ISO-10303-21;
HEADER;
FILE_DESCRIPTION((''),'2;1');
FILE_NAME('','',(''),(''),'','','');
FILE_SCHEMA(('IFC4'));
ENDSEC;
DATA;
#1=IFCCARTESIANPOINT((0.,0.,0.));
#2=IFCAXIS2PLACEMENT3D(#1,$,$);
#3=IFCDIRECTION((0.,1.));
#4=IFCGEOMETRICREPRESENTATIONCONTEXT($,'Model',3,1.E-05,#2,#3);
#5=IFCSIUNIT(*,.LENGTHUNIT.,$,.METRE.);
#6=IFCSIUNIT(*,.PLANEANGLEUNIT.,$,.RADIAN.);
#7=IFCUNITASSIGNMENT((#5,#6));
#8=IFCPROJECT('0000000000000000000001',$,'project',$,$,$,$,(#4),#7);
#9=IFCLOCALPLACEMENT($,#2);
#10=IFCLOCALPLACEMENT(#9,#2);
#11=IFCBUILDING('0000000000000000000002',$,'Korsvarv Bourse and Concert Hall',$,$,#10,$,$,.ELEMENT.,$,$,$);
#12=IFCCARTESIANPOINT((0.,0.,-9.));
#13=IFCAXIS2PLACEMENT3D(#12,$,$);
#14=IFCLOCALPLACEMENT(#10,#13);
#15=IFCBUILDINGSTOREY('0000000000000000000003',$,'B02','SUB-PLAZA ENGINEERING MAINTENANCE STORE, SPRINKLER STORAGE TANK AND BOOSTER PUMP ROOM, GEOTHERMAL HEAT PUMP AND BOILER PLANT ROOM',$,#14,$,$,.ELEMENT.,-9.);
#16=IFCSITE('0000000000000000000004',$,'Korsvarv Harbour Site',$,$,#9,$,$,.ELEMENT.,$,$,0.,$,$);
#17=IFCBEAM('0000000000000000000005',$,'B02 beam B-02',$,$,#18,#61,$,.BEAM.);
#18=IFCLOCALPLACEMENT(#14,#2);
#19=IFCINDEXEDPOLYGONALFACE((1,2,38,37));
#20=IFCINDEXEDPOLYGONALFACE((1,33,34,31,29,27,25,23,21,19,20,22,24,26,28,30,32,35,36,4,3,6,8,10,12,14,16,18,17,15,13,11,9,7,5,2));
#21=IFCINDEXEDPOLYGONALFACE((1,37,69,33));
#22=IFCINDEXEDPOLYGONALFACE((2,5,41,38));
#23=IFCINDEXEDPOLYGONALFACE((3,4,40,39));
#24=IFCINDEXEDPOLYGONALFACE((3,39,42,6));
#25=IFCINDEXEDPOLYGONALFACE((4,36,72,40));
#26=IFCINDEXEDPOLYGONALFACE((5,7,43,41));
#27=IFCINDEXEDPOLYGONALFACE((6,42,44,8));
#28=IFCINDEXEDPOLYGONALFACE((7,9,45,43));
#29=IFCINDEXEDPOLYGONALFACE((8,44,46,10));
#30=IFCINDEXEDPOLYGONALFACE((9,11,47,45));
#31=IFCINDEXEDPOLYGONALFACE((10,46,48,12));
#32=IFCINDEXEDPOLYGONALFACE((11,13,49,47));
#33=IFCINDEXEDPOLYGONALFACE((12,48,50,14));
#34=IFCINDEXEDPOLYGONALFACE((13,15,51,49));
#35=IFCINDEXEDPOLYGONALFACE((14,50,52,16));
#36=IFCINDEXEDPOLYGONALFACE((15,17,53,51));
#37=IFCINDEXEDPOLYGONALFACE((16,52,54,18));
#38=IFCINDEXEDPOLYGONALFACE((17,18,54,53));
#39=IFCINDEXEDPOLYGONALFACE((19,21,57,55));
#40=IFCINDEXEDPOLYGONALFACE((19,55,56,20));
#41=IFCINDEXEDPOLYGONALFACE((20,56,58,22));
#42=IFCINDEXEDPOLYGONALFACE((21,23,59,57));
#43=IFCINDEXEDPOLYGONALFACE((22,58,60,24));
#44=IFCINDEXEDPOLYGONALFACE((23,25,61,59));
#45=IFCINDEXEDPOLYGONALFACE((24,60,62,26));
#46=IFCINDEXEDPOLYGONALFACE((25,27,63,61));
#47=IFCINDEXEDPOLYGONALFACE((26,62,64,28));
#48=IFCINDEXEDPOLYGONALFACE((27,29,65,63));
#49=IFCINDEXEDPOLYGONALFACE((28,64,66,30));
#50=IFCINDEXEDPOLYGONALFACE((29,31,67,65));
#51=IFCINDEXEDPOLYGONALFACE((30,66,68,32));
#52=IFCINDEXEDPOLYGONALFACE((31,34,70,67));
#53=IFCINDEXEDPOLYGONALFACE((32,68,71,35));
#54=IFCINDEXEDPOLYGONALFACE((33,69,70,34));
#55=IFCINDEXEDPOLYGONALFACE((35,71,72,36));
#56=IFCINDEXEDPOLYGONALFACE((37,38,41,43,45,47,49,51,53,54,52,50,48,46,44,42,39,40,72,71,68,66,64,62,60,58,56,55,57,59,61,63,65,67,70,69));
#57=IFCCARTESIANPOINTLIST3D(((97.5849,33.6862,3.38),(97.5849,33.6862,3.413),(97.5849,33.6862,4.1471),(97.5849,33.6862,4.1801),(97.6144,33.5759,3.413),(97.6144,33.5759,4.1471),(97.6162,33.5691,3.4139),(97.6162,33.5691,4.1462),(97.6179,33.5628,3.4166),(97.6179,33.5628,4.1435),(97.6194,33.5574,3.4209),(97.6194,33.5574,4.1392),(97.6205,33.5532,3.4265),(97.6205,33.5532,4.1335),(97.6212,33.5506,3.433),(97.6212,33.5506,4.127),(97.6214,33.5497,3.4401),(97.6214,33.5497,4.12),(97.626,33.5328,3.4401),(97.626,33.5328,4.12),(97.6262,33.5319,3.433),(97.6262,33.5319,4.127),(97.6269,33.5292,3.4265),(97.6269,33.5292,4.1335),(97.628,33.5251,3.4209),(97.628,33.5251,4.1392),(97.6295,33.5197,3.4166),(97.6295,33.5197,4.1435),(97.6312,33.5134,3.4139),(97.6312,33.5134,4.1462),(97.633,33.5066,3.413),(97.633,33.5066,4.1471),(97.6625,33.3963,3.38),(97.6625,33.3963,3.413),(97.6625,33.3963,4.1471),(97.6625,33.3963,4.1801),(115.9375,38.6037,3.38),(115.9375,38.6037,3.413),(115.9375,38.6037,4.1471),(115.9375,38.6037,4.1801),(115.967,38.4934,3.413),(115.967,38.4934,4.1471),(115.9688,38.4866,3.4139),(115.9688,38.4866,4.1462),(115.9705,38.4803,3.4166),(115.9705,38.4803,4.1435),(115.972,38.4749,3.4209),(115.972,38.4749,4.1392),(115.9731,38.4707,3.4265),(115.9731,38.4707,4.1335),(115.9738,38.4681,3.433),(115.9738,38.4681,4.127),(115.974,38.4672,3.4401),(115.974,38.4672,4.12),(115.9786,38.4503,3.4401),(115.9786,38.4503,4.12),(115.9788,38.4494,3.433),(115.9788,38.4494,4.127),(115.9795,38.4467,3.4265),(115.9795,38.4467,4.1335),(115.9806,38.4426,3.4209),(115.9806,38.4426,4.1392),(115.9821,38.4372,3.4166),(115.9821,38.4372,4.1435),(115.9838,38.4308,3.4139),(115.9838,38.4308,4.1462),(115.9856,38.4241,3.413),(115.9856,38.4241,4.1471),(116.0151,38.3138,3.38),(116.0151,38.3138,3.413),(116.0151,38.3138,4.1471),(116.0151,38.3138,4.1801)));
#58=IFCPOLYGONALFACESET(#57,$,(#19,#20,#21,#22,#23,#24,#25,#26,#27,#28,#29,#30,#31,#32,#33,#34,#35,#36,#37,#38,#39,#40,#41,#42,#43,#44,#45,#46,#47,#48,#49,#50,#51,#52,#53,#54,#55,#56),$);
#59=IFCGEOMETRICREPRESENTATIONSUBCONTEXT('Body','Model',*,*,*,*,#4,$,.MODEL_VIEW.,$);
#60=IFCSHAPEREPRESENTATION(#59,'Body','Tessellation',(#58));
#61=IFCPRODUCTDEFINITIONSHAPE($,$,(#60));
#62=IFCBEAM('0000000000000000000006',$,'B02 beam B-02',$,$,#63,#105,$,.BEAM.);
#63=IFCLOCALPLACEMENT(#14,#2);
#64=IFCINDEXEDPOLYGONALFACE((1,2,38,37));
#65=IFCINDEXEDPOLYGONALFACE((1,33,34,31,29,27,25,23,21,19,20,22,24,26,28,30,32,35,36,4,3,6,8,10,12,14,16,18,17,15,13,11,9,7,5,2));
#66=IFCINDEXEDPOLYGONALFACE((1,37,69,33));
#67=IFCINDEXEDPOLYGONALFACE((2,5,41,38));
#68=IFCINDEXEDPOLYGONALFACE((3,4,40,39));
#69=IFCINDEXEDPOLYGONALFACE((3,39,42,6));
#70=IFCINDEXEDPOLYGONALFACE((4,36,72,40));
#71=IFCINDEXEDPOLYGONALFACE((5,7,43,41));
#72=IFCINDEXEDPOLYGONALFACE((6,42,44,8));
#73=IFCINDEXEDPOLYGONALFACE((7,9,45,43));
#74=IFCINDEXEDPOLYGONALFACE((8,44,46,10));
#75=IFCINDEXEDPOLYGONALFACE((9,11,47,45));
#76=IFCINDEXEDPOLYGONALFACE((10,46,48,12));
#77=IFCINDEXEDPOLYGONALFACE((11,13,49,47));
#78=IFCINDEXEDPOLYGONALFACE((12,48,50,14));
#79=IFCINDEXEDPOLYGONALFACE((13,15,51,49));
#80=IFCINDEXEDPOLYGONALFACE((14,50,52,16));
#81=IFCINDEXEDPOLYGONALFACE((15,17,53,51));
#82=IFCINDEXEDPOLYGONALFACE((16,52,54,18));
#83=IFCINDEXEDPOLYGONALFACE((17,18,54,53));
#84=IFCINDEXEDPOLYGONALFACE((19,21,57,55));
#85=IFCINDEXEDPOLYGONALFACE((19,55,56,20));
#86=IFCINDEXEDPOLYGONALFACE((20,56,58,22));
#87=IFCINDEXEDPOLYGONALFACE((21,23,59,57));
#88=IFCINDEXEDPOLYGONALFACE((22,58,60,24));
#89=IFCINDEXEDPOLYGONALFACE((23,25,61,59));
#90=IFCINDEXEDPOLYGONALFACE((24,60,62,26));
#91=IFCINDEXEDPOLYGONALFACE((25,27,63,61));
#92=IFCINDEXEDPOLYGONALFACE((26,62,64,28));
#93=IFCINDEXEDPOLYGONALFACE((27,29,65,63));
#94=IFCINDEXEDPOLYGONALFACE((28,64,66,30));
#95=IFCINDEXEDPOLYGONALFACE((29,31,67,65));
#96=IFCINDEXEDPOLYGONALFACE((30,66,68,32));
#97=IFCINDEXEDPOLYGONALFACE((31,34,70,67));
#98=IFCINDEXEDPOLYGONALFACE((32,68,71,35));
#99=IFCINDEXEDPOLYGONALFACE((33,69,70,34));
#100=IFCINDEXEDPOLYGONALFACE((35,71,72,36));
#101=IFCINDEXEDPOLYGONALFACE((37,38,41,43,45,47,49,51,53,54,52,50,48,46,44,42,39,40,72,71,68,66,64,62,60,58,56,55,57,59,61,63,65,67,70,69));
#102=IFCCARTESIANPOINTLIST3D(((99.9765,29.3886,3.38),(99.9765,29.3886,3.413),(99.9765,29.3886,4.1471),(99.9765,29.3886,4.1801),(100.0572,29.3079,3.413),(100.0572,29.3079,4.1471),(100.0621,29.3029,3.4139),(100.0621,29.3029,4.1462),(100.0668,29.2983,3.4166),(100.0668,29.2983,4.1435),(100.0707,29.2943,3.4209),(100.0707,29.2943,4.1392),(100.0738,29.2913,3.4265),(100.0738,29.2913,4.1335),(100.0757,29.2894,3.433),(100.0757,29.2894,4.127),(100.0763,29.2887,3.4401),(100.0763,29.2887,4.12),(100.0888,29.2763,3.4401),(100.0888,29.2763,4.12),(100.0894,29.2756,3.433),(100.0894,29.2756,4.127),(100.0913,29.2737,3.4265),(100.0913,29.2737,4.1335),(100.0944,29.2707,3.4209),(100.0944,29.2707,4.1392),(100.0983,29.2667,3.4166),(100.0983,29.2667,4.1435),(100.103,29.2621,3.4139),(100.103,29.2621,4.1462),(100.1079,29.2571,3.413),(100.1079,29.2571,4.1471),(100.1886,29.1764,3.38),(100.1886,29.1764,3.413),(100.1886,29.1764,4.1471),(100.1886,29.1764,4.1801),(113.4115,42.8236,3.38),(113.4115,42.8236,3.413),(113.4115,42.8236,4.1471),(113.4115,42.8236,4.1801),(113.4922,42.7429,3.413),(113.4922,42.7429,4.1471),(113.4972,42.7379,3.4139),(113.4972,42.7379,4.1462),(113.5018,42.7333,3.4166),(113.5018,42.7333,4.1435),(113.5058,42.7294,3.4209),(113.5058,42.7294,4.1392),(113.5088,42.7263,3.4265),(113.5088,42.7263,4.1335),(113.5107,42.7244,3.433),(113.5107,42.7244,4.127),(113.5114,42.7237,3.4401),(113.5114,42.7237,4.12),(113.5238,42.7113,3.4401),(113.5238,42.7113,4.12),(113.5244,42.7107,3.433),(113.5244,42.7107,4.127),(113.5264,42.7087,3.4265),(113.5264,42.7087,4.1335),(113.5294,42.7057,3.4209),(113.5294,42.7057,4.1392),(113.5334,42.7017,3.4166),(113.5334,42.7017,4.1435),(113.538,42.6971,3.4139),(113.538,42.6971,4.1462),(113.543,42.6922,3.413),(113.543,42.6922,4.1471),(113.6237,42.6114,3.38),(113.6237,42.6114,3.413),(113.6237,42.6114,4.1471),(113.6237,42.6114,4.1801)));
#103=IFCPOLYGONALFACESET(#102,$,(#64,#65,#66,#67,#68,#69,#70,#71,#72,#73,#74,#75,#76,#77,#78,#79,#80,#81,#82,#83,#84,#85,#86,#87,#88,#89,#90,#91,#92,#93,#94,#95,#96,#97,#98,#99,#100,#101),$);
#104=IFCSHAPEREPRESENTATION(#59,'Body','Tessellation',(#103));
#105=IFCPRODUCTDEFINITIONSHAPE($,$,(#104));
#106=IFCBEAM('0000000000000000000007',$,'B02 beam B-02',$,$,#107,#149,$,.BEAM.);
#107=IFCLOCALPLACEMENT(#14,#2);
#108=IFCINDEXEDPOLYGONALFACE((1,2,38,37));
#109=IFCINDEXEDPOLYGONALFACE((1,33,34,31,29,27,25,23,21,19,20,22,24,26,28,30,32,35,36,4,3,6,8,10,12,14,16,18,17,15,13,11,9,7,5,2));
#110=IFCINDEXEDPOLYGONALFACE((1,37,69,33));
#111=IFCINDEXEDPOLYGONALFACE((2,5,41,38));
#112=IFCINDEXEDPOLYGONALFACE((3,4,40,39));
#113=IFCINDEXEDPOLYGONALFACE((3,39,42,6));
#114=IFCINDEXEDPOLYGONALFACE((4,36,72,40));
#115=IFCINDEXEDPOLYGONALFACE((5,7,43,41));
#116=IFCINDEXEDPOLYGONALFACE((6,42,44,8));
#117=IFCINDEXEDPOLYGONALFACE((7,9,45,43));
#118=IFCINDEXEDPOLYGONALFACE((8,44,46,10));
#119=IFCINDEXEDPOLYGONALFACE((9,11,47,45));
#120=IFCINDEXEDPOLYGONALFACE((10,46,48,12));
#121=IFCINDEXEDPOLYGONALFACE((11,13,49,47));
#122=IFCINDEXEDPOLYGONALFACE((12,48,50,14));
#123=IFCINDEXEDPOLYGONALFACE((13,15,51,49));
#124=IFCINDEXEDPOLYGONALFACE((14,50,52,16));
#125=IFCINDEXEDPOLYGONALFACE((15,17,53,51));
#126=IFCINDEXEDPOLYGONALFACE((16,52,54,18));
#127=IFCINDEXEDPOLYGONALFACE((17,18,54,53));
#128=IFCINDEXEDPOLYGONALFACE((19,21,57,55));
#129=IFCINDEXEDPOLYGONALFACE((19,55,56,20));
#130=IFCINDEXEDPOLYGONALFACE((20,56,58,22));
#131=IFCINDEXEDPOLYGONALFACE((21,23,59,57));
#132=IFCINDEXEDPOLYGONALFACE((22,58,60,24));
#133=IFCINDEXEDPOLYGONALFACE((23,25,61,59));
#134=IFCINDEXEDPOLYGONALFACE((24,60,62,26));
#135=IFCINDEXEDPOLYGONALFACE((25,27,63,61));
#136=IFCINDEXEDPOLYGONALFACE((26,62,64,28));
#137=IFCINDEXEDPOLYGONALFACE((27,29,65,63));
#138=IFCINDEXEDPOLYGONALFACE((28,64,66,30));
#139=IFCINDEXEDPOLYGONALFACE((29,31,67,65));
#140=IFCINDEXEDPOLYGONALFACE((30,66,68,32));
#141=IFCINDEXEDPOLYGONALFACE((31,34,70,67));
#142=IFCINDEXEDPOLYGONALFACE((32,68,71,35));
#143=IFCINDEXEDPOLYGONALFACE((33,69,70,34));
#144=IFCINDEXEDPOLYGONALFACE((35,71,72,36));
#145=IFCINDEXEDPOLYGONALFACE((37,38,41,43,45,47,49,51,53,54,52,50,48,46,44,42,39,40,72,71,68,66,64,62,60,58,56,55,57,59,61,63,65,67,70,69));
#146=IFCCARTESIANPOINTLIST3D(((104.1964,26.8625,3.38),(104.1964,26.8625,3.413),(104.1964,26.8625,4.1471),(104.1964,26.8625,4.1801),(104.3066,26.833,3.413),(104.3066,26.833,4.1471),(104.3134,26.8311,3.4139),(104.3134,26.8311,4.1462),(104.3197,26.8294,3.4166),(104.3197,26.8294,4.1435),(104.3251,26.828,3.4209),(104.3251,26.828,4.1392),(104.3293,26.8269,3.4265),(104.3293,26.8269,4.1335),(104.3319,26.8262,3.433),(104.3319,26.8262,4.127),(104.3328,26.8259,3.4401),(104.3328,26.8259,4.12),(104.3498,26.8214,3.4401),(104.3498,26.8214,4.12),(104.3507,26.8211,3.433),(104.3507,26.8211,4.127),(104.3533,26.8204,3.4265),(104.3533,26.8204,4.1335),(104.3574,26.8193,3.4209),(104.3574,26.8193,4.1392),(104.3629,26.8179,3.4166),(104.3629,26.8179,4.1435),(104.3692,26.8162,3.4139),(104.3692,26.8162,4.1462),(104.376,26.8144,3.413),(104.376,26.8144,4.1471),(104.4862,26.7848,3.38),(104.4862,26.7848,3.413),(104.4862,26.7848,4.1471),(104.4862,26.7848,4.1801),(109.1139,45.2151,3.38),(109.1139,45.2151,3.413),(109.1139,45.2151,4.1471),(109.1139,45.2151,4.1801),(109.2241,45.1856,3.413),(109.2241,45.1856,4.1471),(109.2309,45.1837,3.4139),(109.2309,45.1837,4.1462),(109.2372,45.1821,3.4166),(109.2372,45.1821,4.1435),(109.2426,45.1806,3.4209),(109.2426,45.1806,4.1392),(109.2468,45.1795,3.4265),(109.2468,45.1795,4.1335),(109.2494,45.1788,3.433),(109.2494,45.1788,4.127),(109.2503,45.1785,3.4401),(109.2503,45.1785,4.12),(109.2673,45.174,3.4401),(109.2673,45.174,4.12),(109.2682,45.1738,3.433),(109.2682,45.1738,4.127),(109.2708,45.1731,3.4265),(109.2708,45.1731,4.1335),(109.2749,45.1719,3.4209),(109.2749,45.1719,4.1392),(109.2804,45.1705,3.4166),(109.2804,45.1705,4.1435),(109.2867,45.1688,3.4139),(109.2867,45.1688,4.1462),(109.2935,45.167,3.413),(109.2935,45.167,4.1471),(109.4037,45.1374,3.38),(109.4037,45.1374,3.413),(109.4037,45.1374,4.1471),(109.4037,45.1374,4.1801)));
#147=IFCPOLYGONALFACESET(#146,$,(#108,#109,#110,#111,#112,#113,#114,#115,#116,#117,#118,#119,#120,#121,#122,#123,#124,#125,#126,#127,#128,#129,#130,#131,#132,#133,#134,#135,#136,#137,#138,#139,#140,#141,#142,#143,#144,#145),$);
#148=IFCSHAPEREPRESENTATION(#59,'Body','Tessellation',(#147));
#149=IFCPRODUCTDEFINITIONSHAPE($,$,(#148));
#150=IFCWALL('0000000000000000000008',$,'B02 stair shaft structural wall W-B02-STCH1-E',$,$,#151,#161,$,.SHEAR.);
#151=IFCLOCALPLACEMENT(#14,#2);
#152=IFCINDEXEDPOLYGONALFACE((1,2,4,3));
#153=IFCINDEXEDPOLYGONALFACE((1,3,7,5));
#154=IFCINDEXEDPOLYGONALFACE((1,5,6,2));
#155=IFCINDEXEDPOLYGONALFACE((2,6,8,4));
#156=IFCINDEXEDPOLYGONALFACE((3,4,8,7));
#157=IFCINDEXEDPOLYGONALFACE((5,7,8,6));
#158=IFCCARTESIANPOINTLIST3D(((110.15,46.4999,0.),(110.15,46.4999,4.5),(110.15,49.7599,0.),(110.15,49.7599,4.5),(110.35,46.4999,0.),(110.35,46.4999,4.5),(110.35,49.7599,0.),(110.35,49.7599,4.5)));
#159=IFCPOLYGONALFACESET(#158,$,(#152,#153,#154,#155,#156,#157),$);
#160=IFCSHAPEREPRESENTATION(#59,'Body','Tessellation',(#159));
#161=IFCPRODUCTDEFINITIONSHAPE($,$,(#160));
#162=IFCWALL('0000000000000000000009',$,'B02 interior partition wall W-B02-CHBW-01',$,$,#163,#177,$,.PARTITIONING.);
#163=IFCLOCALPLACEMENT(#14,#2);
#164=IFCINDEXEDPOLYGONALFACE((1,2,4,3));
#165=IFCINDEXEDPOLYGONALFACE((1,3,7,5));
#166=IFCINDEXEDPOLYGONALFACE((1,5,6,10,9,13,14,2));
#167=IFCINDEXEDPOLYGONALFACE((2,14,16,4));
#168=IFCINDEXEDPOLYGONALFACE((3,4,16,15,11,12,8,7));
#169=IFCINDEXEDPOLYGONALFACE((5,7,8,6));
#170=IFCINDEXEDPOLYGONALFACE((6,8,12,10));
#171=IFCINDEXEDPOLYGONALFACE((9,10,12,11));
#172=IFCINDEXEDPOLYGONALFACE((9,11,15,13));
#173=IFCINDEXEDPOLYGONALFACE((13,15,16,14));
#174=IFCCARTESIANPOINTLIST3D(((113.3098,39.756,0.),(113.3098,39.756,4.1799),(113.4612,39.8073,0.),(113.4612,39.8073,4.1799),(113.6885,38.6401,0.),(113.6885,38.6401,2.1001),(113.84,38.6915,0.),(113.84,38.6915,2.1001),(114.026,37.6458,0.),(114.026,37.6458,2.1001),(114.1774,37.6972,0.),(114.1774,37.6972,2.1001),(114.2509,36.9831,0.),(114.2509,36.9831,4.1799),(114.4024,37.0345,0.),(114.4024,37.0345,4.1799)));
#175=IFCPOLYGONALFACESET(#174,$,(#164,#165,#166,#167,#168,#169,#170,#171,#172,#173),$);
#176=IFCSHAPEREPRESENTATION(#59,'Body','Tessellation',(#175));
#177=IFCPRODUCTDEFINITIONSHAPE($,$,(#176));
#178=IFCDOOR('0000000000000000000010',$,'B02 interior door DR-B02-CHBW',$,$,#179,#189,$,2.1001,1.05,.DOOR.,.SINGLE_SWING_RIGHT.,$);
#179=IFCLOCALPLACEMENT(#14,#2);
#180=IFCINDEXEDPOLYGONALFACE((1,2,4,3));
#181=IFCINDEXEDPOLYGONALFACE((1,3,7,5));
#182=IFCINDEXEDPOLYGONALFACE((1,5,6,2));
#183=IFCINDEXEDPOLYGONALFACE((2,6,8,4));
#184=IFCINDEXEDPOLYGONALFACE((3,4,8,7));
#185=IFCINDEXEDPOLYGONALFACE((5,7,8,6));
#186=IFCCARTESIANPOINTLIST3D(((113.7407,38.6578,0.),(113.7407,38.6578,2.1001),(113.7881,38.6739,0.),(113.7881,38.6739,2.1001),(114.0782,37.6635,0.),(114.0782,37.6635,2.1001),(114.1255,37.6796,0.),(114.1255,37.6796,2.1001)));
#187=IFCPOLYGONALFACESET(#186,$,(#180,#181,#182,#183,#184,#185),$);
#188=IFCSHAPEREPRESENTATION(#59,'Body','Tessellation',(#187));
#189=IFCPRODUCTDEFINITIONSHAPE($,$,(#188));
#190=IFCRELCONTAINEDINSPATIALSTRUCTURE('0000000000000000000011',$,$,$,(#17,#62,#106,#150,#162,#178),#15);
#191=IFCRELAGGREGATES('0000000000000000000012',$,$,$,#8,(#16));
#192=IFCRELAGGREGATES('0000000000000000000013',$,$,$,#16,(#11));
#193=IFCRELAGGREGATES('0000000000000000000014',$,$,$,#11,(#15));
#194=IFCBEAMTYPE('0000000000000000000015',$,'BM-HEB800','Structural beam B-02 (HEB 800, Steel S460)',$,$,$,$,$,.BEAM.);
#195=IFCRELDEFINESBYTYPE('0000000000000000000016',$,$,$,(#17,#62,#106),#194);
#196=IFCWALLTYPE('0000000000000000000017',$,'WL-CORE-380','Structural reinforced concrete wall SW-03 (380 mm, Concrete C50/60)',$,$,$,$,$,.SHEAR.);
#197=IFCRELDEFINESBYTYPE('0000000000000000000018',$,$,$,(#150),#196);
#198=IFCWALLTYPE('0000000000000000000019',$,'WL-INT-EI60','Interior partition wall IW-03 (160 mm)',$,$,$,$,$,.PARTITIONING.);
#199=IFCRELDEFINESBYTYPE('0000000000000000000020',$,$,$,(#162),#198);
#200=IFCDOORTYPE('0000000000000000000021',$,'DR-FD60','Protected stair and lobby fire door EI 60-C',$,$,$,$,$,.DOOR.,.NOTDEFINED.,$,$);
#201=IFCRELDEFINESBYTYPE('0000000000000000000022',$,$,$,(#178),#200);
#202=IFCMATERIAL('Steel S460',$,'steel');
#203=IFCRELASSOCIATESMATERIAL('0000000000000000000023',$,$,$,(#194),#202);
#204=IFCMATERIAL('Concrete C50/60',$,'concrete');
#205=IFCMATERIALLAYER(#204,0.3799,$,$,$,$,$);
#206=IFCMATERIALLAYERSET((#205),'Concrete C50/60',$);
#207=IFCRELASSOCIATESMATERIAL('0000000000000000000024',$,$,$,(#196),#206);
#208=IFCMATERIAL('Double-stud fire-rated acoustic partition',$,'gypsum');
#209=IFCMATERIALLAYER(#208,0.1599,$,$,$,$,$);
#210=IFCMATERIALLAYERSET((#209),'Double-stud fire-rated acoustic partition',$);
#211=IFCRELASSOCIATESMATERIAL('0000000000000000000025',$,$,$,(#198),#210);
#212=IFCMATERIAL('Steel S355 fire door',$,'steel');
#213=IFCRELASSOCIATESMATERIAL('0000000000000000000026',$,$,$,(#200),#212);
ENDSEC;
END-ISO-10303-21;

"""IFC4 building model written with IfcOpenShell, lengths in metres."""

from ifc_helpers import new_model, si_unit, direction, frame, frame_2d, origin, origin_2d, place, context, subcontext, project, spatial, rectangle, i_section, extrude, source, transform, mapped, material, layer, layer_set, material_profile, profile_set, type_object, element, fill, save


model = new_model("IFC4")

# Units and contexts
model_context = context("Model", 3, precision=1e-05, world=origin(), true_north=direction((0.0, 1.0)))
body_context = subcontext(model_context, "Body", "Model", "MODEL_VIEW")
ifc_project = project(units=[si_unit("LENGTHUNIT", "METRE"), si_unit("PLANEANGLEUNIT", "RADIAN")], contexts=[model_context])

# Site, building, storey
site_placement = place(None, origin())
site = spatial("IfcSite", under=ifc_project, at=site_placement, Name="Korsvarv Harbour Site", CompositionType="ELEMENT", RefElevation=0.0)
building_placement = place(site_placement, origin())
building = spatial("IfcBuilding", under=site, at=building_placement, Name="Korsvarv Bourse and Concert Hall", CompositionType="ELEMENT")
storey_placement = place(building_placement, frame((0.0, 0.0, -9.0)))
storey = spatial("IfcBuildingStorey", under=building, at=storey_placement, Name="B02", Description="SUB-PLAZA ENGINEERING MAINTENANCE STORE, SPRINKLER STORAGE TANK AND BOOSTER PUMP ROOM, GEOTHERMAL HEAT PUMP AND BOILER PLANT ROOM", CompositionType="ELEMENT", Elevation=-9.0)

# Shared definitions
ifc_material_1 = material(Name="Concrete C50/60", Category="concrete")

# Beams
ifc_material_2 = material(Name="Steel S460", Category="steel")
ifc_material_profile_1 = material_profile(ifc_material_2, i_section(OverallWidth=0.3, OverallDepth=0.8, WebThickness=0.0176, FlangeThickness=0.033, FilletRadius=0.0271, at=origin_2d()), Name="HEB 800")
ifc_profile_set_1 = profile_set([ifc_material_profile_1], Name="Steel S460")
beam_type_1 = type_object("IfcBeamType", Name="BM-HEB800", Description="Structural beam B-02 (HEB 800, Steel S460)", PredefinedType="BEAM", material=ifc_profile_set_1)
shared_shape_1 = source(origin(), body_context, "Body", "SweptSolid", [
    extrude(i_section(OverallWidth=0.3, OverallDepth=0.8, WebThickness=0.0176, FlangeThickness=0.033, FilletRadius=0.0271, at=origin_2d()), origin(), (0.0, 0.0, 1.0), 19.0),
])
for number, where, z_axis, x_axis, name in (
    (1, (115.9763, 38.4587, 3.78), (-0.965927, -0.258816, 0.0), (0.258816, -0.965927, 0.0), "B02 beam B-02"),
    (2, (113.5176, 42.7175, 3.78), (-0.707107, -0.707107, 0.0), (0.707107, -0.707107, 0.0), "B02 beam B-02"),
    (3, (109.2588, 45.1763, 3.78), (-0.258816, -0.965927, 0.0), (0.965927, -0.258816, 0.0), "B02 beam B-02"),
):
    element("IfcBeam", number, at=place(storey_placement, frame(where, z_axis=z_axis, x_axis=x_axis)), inside=storey, type_object=beam_type_1, Name=name, PredefinedType="BEAM", context=body_context, shape_type="MappedRepresentation", body=[
        mapped(shared_shape_1, transform((0.0, 0.0, 0.0), scale=1.0)),
    ])

# Wall
ifc_layer_1 = layer(ifc_material_1, 0.3799)
ifc_layer_set_1 = layer_set([ifc_layer_1], Name="Concrete C50/60")
wall_type_1 = type_object("IfcWallType", Name="WL-CORE-380", Description="Structural reinforced concrete wall SW-03 (380 mm, Concrete C50/60)", PredefinedType="SHEAR", material=ifc_layer_set_1)
wall_1_placement = place(storey_placement, frame((110.25, 46.5, 0.0), z_axis=(0.0, 0.0, 1.0), x_axis=(0.0, 1.0, 0.0)))
element("IfcWall", 4, at=wall_1_placement, inside=storey, type_object=wall_type_1, Name="B02 stair shaft structural wall W-B02-STCH1-E", PredefinedType="SHEAR", context=body_context, shape_type="SweptSolid", body=[
    extrude(rectangle(XDim=3.26, YDim=0.2, at=frame_2d((1.6299, 0.0))), origin(), (0.0, 0.0, 1.0), 4.5),
])

# Wall, opening, door
ifc_material_3 = material(Name="Double-stud fire-rated acoustic partition", Category="gypsum")
ifc_layer_2 = layer(ifc_material_3, 0.1599)
ifc_layer_set_2 = layer_set([ifc_layer_2], Name="Double-stud fire-rated acoustic partition")
wall_type_2 = type_object("IfcWallType", Name="WL-INT-EI60", Description="Interior partition wall IW-03 (160 mm)", PredefinedType="PARTITIONING", material=ifc_layer_set_2)
wall_2_placement = place(storey_placement, frame((114.3267, 37.0088, 0.0), z_axis=(0.0, 0.0, 1.0), x_axis=(-0.3214, 0.946943, 0.0)))
wall_2 = element("IfcWall", 5, at=wall_2_placement, inside=storey, type_object=wall_type_2, Name="B02 interior partition wall W-B02-CHBW-01", PredefinedType="PARTITIONING", context=body_context, shape_type="SweptSolid", body=[
    extrude(rectangle(XDim=2.9282, YDim=0.1599, at=frame_2d((1.4641, 0.0))), origin(), (0.0, 0.0, 1.0), 4.1799),
])
opening_placement = place(wall_2_placement, frame((0.7, 0.0, 0.0)))
opening = element("IfcOpeningElement", 6, at=opening_placement, cuts=wall_2, PredefinedType="OPENING", context=body_context, shape_type="SweptSolid", body=[
    extrude(rectangle(XDim=1.05, YDim=2.1001, at=frame_2d((0.5249, 1.05))), frame((0.0, 0.0898, 0.0), z_axis=(0.0, -1.0, 0.0), x_axis=(1.0, 0.0, 0.0)), (0.0, 0.0, 1.0), 0.1799),
])
ifc_material_4 = material(Name="Steel S355 fire door", Category="steel")
door_type = type_object("IfcDoorType", Name="DR-FD60", Description="Protected stair and lobby fire door EI 60-C", OperationType="NOTDEFINED", PredefinedType="DOOR", material=ifc_material_4)
door_placement = place(opening_placement, origin())
door = element("IfcDoor", 7, at=door_placement, inside=storey, type_object=door_type, Name="B02 interior door DR-B02-CHBW", OperationType="SINGLE_SWING_RIGHT", OverallHeight=2.1001, OverallWidth=1.05, PredefinedType="DOOR", context=body_context, shape_type="SweptSolid", body=[
    extrude(rectangle(XDim=1.05, YDim=2.1001, at=frame_2d((0.5249, 1.05))), frame((0.0, 0.0249, 0.0), z_axis=(0.0, -1.0, 0.0), x_axis=(1.0, 0.0, 0.0)), (0.0, 0.0, 1.0), 0.05),
])
fill(opening, door)

save(model, "model.ifc")
